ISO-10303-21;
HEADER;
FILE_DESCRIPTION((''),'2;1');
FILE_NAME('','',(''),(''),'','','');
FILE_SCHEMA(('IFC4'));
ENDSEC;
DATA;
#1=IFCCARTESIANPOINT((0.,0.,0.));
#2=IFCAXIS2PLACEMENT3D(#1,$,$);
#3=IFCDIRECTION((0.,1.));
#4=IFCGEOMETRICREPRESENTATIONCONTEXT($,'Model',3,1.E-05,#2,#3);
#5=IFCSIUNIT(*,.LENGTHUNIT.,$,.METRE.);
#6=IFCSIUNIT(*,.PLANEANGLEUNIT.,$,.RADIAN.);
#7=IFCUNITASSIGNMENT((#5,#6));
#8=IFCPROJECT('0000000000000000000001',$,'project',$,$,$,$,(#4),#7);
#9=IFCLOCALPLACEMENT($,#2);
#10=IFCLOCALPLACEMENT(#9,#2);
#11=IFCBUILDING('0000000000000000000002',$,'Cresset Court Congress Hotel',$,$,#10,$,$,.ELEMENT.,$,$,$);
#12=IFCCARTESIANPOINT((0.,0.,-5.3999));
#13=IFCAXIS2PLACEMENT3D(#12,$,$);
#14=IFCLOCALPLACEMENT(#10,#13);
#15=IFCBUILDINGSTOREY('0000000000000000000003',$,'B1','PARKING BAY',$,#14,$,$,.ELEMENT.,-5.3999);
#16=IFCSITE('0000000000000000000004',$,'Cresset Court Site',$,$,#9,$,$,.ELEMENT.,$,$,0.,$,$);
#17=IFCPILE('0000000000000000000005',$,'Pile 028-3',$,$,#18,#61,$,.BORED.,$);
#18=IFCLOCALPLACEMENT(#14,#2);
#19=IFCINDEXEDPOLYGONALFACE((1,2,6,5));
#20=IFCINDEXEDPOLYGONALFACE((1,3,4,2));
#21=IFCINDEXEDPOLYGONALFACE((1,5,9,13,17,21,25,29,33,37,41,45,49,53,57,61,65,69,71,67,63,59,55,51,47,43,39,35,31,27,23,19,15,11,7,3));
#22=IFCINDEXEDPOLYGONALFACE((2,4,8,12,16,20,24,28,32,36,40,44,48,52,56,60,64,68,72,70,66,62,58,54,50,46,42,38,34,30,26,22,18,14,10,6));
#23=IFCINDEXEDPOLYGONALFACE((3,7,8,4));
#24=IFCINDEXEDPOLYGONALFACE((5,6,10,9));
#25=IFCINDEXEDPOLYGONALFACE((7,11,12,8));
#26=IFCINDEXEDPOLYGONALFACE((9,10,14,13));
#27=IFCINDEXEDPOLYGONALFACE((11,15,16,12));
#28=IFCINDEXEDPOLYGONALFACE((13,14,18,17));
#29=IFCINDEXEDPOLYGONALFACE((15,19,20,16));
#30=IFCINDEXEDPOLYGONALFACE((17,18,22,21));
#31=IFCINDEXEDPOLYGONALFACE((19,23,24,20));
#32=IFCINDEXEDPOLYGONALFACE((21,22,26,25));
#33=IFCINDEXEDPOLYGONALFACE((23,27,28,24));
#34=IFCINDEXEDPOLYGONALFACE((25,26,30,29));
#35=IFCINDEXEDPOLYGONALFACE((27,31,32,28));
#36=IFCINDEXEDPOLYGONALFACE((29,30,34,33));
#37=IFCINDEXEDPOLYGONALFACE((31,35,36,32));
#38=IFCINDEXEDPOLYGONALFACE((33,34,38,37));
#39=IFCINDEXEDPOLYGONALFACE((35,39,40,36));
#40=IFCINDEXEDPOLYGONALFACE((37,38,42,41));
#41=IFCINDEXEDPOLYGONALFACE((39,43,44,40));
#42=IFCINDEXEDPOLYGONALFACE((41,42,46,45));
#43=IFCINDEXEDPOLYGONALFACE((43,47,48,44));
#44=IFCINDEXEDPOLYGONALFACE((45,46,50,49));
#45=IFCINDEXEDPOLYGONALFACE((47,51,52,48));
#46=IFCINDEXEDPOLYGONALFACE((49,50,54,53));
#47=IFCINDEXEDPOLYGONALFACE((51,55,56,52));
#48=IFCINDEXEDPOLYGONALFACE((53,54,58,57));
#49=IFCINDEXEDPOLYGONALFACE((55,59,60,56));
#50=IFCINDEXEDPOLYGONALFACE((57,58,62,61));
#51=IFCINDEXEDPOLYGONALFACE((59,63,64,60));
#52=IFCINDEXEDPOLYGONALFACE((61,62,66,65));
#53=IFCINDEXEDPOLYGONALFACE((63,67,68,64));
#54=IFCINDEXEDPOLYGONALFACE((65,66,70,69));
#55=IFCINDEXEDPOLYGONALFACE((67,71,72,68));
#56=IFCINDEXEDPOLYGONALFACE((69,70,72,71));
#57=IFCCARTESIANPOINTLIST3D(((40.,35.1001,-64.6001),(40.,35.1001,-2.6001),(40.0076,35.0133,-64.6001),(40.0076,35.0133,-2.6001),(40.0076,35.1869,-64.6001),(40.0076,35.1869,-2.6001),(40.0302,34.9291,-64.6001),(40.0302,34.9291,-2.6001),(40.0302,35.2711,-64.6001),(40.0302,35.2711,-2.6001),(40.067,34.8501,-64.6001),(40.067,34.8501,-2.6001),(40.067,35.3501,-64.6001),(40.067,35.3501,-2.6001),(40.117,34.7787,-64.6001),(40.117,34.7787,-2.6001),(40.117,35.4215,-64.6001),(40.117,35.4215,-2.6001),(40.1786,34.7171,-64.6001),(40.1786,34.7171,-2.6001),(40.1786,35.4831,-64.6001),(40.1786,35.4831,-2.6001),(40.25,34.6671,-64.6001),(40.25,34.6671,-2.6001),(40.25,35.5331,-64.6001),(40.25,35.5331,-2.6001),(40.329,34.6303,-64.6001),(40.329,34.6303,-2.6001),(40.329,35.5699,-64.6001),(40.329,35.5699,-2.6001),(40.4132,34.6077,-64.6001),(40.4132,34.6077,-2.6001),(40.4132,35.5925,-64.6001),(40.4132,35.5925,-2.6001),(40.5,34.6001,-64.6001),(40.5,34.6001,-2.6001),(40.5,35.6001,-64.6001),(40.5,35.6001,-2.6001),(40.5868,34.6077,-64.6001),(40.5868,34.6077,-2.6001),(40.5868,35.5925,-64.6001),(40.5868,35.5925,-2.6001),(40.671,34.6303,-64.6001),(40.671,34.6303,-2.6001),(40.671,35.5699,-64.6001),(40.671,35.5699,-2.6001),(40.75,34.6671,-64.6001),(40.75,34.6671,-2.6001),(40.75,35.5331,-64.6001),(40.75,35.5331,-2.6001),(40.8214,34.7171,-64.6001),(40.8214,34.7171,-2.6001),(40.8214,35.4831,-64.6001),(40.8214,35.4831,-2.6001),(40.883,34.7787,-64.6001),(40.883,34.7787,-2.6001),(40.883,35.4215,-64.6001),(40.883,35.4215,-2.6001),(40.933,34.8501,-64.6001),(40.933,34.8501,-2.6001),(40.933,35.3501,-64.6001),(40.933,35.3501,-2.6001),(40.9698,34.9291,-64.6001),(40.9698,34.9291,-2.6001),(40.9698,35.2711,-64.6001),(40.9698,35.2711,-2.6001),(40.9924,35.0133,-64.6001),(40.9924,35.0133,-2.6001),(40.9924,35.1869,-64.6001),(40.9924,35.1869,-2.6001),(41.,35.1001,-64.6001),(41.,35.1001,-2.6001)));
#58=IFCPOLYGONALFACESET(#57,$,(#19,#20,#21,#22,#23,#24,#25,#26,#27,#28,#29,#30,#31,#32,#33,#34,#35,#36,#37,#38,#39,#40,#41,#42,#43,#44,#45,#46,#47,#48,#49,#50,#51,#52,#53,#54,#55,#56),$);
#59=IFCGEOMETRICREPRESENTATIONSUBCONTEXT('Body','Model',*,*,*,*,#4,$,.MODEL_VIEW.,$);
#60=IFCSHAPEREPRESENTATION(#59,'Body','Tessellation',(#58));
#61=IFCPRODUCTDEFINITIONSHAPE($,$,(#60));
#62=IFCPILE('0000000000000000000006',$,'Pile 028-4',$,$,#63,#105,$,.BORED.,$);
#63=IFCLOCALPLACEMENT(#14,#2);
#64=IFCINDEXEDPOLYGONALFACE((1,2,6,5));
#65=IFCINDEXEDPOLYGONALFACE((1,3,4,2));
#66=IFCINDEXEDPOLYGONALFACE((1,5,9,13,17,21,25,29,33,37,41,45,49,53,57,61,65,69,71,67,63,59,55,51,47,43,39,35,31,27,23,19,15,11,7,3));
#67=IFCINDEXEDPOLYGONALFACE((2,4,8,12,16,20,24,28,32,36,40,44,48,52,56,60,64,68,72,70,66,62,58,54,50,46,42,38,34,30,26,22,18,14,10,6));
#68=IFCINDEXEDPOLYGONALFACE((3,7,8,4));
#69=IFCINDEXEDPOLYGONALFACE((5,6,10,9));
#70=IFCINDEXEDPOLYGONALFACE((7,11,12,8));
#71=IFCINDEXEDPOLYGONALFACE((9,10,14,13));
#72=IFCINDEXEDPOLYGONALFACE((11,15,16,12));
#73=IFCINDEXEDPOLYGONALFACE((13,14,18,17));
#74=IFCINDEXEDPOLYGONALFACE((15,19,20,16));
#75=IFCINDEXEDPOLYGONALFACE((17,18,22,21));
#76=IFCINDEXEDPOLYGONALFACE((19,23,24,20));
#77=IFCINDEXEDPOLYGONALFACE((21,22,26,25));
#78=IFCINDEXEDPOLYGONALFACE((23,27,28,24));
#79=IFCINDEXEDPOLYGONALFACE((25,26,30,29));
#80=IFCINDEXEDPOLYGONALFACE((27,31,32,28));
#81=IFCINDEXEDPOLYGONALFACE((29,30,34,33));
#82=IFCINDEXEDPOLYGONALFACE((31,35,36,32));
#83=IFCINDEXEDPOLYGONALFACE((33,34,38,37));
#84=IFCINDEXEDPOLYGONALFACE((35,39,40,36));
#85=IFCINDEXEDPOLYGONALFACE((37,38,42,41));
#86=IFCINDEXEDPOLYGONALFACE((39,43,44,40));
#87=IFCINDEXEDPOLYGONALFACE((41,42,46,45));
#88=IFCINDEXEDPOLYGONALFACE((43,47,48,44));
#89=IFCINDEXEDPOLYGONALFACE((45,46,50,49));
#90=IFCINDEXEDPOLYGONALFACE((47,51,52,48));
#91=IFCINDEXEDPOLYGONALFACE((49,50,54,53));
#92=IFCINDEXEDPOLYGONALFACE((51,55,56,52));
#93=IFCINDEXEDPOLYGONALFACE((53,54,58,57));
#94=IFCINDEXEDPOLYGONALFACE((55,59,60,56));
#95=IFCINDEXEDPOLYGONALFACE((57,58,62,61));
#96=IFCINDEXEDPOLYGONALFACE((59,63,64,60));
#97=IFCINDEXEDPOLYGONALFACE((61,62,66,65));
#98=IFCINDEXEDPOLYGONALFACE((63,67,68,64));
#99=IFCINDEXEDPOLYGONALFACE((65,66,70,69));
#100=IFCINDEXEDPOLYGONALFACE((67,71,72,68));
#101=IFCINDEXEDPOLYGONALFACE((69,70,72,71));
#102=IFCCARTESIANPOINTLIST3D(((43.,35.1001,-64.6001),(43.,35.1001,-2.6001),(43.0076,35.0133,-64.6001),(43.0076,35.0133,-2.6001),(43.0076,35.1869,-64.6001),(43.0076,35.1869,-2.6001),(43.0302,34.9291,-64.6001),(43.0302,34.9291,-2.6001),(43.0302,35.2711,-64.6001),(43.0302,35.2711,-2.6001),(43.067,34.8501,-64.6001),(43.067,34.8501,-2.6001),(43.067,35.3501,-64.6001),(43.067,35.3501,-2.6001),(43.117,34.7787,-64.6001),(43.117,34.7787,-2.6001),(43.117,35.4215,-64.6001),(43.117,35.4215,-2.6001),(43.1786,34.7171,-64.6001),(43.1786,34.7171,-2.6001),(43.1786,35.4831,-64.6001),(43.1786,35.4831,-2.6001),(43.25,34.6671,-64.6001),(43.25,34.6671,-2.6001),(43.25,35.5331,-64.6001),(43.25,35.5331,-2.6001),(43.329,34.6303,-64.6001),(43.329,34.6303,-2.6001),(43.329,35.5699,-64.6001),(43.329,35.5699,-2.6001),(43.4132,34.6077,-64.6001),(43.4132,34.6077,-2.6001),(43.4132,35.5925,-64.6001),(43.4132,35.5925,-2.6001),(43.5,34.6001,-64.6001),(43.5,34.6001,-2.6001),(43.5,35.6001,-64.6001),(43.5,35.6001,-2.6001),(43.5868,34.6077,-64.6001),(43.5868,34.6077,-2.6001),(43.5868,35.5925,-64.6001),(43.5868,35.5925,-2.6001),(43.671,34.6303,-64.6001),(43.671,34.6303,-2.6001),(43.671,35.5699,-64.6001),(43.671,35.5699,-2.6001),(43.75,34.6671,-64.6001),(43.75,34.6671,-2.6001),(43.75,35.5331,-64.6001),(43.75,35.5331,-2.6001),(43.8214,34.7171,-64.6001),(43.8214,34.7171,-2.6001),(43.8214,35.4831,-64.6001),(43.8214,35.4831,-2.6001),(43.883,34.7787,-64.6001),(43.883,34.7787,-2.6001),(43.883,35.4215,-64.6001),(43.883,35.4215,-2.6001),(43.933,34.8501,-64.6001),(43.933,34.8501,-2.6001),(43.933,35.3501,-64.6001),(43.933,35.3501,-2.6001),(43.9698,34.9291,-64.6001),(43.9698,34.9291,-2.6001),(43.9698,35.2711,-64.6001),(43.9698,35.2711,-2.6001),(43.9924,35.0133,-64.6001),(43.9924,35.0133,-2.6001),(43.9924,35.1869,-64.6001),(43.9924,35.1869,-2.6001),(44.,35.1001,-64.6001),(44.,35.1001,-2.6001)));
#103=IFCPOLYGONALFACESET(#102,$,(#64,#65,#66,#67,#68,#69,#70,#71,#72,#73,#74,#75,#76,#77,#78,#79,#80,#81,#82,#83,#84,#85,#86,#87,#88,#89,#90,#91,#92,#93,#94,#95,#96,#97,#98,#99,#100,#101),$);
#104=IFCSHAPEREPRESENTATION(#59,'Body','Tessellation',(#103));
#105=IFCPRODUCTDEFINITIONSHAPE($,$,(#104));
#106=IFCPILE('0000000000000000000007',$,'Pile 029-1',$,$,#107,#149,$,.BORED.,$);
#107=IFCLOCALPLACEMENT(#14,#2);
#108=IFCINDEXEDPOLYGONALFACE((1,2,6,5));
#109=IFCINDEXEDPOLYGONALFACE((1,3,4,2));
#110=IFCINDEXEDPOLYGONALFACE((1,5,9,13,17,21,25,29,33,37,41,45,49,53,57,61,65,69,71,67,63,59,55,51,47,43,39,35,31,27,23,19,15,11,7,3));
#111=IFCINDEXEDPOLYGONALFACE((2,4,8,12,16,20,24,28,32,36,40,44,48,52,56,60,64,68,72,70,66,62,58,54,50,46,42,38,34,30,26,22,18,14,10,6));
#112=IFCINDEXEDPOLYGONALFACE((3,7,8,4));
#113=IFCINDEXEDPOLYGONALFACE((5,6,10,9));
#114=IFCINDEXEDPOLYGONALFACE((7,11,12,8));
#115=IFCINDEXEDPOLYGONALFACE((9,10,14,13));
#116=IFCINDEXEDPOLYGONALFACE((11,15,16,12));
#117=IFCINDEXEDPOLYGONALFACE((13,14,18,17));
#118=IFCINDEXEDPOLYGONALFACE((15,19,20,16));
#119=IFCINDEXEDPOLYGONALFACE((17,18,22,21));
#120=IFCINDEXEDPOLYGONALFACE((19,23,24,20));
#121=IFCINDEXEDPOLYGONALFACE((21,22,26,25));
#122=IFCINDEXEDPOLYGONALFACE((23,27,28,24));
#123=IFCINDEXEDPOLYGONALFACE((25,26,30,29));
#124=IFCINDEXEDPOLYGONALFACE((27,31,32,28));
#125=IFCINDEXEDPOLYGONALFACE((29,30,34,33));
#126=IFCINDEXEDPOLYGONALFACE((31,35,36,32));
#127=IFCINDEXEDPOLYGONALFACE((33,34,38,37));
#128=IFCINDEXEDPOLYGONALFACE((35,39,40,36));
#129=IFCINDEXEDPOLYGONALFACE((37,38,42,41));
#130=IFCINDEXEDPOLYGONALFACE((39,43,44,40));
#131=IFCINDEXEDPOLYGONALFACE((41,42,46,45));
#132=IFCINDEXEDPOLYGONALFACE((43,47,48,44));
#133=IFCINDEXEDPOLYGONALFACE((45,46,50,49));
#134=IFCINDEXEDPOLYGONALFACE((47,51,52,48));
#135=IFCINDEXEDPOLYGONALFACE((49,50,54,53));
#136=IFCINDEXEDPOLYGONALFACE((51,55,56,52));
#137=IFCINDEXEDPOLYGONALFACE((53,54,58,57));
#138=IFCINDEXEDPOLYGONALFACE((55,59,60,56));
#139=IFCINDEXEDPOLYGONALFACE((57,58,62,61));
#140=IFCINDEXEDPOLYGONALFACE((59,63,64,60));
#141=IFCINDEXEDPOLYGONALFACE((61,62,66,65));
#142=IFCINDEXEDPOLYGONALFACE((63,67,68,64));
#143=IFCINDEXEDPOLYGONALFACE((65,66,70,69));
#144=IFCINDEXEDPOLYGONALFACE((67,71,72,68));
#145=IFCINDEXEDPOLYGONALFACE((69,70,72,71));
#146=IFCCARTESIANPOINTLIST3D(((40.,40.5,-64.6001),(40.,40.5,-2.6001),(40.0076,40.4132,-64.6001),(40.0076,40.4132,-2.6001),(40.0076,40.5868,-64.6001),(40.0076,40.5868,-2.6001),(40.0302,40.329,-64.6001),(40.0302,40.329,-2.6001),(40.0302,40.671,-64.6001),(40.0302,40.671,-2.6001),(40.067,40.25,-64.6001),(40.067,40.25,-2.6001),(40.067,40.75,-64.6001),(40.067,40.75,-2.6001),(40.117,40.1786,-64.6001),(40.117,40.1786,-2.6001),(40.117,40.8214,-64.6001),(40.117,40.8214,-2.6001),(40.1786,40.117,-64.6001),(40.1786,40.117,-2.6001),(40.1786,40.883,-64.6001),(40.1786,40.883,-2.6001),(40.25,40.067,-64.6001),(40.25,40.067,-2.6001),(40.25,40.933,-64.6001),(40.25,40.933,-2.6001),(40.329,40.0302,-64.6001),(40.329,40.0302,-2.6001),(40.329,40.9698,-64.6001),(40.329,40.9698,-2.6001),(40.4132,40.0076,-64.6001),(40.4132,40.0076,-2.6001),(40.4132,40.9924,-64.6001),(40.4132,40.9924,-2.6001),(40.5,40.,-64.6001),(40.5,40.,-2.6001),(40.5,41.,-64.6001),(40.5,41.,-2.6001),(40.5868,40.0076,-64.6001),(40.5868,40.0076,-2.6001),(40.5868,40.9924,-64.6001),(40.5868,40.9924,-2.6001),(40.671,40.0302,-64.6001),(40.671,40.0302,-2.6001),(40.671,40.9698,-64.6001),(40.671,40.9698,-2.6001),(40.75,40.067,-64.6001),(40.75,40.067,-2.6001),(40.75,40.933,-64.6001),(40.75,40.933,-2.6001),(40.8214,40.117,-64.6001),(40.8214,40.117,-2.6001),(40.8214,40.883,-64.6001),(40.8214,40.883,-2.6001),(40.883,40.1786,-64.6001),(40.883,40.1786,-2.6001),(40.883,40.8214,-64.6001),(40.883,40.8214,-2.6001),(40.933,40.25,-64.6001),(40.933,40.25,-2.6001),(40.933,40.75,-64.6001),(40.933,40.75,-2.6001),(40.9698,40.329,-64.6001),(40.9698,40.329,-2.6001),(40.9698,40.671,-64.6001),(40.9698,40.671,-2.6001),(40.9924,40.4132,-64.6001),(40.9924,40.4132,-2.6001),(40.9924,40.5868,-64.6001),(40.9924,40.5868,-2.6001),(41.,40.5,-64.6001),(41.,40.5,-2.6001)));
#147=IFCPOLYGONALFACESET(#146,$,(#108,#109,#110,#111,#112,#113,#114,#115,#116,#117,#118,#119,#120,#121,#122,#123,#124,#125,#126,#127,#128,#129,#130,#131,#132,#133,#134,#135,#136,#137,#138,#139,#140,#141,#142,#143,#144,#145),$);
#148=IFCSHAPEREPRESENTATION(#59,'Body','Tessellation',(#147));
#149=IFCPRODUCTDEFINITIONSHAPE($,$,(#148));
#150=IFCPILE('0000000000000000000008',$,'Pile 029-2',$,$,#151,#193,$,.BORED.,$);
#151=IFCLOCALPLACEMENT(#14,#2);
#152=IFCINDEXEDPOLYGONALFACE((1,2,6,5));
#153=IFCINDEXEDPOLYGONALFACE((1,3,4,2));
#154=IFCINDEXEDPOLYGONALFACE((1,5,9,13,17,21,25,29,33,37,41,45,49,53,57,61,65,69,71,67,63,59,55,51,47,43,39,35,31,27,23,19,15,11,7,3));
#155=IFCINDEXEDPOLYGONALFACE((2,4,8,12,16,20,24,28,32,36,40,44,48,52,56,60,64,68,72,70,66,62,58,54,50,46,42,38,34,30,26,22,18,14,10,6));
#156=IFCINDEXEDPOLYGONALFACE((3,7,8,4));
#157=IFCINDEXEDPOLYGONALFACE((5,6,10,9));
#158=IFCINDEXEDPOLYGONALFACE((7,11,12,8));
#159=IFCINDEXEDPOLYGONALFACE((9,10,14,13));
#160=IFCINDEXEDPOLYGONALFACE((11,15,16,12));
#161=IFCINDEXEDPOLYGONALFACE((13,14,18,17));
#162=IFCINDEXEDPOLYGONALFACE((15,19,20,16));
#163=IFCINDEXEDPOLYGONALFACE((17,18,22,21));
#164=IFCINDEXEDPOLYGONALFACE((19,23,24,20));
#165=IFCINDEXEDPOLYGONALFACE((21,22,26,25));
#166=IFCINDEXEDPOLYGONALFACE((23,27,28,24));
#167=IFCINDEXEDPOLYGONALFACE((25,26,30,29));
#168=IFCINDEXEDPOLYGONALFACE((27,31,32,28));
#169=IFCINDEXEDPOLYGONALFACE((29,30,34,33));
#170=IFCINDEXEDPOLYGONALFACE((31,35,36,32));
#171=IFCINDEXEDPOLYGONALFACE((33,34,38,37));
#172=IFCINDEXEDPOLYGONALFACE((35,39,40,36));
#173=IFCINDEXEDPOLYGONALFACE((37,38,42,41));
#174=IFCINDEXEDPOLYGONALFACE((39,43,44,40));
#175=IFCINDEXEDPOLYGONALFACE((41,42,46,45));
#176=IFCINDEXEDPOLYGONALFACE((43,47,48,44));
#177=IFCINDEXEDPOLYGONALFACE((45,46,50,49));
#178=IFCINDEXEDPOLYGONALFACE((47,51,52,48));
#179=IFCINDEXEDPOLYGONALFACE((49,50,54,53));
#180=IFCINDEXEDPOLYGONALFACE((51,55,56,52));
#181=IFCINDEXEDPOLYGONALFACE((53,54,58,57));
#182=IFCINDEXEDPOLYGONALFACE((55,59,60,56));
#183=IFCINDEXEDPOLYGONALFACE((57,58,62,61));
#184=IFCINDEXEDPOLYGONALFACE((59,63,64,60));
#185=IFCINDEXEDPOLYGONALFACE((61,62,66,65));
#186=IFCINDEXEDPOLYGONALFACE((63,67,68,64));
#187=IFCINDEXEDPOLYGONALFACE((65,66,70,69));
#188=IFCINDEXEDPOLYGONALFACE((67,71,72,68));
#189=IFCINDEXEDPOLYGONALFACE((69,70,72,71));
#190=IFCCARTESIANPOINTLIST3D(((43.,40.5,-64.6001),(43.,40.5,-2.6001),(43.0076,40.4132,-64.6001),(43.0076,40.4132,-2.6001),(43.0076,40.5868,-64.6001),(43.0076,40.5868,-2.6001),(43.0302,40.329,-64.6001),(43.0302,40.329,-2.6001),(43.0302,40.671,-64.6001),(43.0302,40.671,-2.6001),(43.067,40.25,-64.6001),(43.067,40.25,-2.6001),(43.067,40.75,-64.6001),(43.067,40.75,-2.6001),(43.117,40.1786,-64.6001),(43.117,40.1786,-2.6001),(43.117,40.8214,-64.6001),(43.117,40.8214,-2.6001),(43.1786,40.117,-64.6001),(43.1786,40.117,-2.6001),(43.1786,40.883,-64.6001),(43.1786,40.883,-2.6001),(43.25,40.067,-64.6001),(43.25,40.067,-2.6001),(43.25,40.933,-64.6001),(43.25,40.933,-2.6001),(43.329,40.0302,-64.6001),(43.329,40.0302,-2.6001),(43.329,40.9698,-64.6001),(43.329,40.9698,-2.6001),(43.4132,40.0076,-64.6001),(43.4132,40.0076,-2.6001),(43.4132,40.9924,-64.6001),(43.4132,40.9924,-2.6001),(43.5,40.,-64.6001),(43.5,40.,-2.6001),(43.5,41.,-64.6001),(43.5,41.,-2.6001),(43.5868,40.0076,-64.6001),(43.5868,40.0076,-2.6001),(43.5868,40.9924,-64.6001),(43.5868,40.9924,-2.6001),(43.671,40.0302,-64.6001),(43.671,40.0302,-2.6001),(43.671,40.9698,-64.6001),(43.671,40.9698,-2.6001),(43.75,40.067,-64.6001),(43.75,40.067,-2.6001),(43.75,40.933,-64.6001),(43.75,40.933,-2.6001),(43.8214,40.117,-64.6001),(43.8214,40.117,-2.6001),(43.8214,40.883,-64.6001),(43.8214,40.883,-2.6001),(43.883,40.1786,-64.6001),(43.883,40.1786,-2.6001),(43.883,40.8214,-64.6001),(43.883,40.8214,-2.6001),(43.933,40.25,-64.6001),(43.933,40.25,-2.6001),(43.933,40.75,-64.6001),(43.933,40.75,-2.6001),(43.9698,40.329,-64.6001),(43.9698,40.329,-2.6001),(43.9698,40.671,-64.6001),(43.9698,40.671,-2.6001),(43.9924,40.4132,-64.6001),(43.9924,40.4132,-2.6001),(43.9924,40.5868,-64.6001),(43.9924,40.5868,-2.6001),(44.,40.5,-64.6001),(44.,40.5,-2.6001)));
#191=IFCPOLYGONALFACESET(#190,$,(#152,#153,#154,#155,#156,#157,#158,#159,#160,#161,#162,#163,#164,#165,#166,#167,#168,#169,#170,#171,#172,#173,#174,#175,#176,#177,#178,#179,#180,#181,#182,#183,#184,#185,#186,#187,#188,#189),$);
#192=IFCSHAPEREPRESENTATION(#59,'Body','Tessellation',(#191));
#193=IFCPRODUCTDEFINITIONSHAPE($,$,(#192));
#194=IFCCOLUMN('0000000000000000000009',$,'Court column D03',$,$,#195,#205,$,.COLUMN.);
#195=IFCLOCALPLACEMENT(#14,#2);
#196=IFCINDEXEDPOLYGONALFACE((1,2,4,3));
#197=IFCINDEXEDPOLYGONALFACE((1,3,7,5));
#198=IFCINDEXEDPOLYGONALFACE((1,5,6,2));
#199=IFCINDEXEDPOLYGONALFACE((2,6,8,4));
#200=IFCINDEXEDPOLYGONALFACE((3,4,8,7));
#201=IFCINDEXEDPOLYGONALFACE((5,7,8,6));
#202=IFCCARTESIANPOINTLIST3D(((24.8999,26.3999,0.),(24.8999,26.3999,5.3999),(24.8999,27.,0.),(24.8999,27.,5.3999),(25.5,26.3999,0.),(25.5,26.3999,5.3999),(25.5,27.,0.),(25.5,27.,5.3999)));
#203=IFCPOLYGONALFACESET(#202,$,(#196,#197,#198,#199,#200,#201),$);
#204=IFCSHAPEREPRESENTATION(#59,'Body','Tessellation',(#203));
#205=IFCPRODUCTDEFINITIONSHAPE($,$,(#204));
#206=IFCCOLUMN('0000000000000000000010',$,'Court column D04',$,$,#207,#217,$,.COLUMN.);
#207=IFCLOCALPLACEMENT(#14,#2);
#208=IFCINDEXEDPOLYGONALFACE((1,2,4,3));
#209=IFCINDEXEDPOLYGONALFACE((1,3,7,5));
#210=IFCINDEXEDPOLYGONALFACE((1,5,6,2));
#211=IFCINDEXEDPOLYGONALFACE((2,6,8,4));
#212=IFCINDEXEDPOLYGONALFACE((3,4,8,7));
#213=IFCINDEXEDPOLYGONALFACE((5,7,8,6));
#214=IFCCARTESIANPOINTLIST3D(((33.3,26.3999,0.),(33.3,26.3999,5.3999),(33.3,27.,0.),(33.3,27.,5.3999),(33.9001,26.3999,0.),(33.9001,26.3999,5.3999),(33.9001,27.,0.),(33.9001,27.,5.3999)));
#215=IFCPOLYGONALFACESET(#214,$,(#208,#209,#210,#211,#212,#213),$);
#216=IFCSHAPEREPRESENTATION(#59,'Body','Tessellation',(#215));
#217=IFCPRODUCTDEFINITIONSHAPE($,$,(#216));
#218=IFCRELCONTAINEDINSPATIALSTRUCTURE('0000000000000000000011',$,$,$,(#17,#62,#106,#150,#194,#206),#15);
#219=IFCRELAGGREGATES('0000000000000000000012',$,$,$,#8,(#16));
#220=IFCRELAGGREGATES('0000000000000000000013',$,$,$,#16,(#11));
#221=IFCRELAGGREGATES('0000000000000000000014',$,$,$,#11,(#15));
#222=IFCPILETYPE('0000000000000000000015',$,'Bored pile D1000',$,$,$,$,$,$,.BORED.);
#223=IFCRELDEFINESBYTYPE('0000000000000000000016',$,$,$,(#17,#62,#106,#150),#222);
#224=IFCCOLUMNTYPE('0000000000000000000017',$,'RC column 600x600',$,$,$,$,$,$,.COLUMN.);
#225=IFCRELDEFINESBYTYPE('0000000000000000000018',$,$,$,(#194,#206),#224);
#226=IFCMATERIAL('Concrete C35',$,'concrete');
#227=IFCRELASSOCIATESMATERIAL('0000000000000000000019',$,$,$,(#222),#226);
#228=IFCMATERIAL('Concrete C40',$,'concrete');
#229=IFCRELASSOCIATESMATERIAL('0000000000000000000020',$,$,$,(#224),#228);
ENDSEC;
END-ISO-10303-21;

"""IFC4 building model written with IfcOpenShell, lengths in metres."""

from ifc_helpers import new_model, si_unit, direction, frame, origin, origin_2d, place, context, subcontext, project, spatial, rectangle, circle, extrude, material, material_profile, profile_set, type_object, element, save


model = new_model("IFC4")

# Units and contexts
model_context = context("Model", 3, precision=1e-05, world=origin(), true_north=direction((0.0, 1.0)))
body_context = subcontext(model_context, "Body", "Model", "MODEL_VIEW")
ifc_project = project(units=[si_unit("LENGTHUNIT", "METRE"), si_unit("PLANEANGLEUNIT", "RADIAN")], contexts=[model_context])

# Site, building, storey
site_placement = place(None, origin())
site = spatial("IfcSite", under=ifc_project, at=site_placement, Name="Cresset Court Site", CompositionType="ELEMENT", RefElevation=0.0)
building_placement = place(site_placement, origin())
building = spatial("IfcBuilding", under=site, at=building_placement, Name="Cresset Court Congress Hotel", CompositionType="ELEMENT")
storey_placement = place(building_placement, frame((0.0, 0.0, -5.3999)))
storey = spatial("IfcBuildingStorey", under=building, at=storey_placement, Name="B1", Description="PARKING BAY", CompositionType="ELEMENT", Elevation=-5.3999)

# Piles
ifc_material_1 = material(Name="Concrete C35", Category="concrete")
pile_type = type_object("IfcPileType", Name="Bored pile D1000", PredefinedType="BORED", material=ifc_material_1)
for number, where, z_axis, x_axis, name in (
    (1, (40.5, 35.1001, -2.6001), (0.0, 0.0, -1.0), (1.0, 0.0, 0.0), "Pile 028-3"),
    (2, (43.5, 35.1001, -2.6001), (0.0, 0.0, -1.0), (1.0, 0.0, 0.0), "Pile 028-4"),
    (3, (40.5, 40.5, -2.6001), (0.0, 0.0, -1.0), (1.0, 0.0, 0.0), "Pile 029-1"),
    (4, (43.5, 40.5, -2.6001), (0.0, 0.0, -1.0), (1.0, 0.0, 0.0), "Pile 029-2"),
):
    element("IfcPile", number, at=place(storey_placement, frame(where, z_axis=z_axis, x_axis=x_axis)), inside=storey, type_object=pile_type, Name=name, PredefinedType="BORED", context=body_context, shape_type="SweptSolid", body=[
        extrude(circle(Radius=0.5, at=origin_2d()), origin(), (0.0, 0.0, 1.0), 62.0),
    ])

# Columns
ifc_material_2 = material(Name="Concrete C40", Category="concrete")
ifc_material_profile_1 = material_profile(ifc_material_2, rectangle(XDim=0.6001, YDim=0.6001, at=origin_2d()), Name="RC600x600")
ifc_profile_set_1 = profile_set([ifc_material_profile_1], Name="Concrete C40")
column_type_1 = type_object("IfcColumnType", Name="RC column 600x600", PredefinedType="COLUMN", material=ifc_profile_set_1)
for number, where, z_axis, x_axis, name in (
    (5, (25.2, 26.7, 0.0), (0.0, 0.0, 1.0), (1.0, 0.0, 0.0), "Court column D03"),
    (6, (33.6001, 26.7, 0.0), (0.0, 0.0, 1.0), (1.0, 0.0, 0.0), "Court column D04"),
):
    element("IfcColumn", number, at=place(storey_placement, frame(where, z_axis=z_axis, x_axis=x_axis)), inside=storey, type_object=column_type_1, Name=name, PredefinedType="COLUMN", context=body_context, shape_type="SweptSolid", body=[
        extrude(rectangle(XDim=0.6001, YDim=0.6001, at=origin_2d()), origin(), (0.0, 0.0, 1.0), 5.3999),
    ])

save(model, "model.ifc")
